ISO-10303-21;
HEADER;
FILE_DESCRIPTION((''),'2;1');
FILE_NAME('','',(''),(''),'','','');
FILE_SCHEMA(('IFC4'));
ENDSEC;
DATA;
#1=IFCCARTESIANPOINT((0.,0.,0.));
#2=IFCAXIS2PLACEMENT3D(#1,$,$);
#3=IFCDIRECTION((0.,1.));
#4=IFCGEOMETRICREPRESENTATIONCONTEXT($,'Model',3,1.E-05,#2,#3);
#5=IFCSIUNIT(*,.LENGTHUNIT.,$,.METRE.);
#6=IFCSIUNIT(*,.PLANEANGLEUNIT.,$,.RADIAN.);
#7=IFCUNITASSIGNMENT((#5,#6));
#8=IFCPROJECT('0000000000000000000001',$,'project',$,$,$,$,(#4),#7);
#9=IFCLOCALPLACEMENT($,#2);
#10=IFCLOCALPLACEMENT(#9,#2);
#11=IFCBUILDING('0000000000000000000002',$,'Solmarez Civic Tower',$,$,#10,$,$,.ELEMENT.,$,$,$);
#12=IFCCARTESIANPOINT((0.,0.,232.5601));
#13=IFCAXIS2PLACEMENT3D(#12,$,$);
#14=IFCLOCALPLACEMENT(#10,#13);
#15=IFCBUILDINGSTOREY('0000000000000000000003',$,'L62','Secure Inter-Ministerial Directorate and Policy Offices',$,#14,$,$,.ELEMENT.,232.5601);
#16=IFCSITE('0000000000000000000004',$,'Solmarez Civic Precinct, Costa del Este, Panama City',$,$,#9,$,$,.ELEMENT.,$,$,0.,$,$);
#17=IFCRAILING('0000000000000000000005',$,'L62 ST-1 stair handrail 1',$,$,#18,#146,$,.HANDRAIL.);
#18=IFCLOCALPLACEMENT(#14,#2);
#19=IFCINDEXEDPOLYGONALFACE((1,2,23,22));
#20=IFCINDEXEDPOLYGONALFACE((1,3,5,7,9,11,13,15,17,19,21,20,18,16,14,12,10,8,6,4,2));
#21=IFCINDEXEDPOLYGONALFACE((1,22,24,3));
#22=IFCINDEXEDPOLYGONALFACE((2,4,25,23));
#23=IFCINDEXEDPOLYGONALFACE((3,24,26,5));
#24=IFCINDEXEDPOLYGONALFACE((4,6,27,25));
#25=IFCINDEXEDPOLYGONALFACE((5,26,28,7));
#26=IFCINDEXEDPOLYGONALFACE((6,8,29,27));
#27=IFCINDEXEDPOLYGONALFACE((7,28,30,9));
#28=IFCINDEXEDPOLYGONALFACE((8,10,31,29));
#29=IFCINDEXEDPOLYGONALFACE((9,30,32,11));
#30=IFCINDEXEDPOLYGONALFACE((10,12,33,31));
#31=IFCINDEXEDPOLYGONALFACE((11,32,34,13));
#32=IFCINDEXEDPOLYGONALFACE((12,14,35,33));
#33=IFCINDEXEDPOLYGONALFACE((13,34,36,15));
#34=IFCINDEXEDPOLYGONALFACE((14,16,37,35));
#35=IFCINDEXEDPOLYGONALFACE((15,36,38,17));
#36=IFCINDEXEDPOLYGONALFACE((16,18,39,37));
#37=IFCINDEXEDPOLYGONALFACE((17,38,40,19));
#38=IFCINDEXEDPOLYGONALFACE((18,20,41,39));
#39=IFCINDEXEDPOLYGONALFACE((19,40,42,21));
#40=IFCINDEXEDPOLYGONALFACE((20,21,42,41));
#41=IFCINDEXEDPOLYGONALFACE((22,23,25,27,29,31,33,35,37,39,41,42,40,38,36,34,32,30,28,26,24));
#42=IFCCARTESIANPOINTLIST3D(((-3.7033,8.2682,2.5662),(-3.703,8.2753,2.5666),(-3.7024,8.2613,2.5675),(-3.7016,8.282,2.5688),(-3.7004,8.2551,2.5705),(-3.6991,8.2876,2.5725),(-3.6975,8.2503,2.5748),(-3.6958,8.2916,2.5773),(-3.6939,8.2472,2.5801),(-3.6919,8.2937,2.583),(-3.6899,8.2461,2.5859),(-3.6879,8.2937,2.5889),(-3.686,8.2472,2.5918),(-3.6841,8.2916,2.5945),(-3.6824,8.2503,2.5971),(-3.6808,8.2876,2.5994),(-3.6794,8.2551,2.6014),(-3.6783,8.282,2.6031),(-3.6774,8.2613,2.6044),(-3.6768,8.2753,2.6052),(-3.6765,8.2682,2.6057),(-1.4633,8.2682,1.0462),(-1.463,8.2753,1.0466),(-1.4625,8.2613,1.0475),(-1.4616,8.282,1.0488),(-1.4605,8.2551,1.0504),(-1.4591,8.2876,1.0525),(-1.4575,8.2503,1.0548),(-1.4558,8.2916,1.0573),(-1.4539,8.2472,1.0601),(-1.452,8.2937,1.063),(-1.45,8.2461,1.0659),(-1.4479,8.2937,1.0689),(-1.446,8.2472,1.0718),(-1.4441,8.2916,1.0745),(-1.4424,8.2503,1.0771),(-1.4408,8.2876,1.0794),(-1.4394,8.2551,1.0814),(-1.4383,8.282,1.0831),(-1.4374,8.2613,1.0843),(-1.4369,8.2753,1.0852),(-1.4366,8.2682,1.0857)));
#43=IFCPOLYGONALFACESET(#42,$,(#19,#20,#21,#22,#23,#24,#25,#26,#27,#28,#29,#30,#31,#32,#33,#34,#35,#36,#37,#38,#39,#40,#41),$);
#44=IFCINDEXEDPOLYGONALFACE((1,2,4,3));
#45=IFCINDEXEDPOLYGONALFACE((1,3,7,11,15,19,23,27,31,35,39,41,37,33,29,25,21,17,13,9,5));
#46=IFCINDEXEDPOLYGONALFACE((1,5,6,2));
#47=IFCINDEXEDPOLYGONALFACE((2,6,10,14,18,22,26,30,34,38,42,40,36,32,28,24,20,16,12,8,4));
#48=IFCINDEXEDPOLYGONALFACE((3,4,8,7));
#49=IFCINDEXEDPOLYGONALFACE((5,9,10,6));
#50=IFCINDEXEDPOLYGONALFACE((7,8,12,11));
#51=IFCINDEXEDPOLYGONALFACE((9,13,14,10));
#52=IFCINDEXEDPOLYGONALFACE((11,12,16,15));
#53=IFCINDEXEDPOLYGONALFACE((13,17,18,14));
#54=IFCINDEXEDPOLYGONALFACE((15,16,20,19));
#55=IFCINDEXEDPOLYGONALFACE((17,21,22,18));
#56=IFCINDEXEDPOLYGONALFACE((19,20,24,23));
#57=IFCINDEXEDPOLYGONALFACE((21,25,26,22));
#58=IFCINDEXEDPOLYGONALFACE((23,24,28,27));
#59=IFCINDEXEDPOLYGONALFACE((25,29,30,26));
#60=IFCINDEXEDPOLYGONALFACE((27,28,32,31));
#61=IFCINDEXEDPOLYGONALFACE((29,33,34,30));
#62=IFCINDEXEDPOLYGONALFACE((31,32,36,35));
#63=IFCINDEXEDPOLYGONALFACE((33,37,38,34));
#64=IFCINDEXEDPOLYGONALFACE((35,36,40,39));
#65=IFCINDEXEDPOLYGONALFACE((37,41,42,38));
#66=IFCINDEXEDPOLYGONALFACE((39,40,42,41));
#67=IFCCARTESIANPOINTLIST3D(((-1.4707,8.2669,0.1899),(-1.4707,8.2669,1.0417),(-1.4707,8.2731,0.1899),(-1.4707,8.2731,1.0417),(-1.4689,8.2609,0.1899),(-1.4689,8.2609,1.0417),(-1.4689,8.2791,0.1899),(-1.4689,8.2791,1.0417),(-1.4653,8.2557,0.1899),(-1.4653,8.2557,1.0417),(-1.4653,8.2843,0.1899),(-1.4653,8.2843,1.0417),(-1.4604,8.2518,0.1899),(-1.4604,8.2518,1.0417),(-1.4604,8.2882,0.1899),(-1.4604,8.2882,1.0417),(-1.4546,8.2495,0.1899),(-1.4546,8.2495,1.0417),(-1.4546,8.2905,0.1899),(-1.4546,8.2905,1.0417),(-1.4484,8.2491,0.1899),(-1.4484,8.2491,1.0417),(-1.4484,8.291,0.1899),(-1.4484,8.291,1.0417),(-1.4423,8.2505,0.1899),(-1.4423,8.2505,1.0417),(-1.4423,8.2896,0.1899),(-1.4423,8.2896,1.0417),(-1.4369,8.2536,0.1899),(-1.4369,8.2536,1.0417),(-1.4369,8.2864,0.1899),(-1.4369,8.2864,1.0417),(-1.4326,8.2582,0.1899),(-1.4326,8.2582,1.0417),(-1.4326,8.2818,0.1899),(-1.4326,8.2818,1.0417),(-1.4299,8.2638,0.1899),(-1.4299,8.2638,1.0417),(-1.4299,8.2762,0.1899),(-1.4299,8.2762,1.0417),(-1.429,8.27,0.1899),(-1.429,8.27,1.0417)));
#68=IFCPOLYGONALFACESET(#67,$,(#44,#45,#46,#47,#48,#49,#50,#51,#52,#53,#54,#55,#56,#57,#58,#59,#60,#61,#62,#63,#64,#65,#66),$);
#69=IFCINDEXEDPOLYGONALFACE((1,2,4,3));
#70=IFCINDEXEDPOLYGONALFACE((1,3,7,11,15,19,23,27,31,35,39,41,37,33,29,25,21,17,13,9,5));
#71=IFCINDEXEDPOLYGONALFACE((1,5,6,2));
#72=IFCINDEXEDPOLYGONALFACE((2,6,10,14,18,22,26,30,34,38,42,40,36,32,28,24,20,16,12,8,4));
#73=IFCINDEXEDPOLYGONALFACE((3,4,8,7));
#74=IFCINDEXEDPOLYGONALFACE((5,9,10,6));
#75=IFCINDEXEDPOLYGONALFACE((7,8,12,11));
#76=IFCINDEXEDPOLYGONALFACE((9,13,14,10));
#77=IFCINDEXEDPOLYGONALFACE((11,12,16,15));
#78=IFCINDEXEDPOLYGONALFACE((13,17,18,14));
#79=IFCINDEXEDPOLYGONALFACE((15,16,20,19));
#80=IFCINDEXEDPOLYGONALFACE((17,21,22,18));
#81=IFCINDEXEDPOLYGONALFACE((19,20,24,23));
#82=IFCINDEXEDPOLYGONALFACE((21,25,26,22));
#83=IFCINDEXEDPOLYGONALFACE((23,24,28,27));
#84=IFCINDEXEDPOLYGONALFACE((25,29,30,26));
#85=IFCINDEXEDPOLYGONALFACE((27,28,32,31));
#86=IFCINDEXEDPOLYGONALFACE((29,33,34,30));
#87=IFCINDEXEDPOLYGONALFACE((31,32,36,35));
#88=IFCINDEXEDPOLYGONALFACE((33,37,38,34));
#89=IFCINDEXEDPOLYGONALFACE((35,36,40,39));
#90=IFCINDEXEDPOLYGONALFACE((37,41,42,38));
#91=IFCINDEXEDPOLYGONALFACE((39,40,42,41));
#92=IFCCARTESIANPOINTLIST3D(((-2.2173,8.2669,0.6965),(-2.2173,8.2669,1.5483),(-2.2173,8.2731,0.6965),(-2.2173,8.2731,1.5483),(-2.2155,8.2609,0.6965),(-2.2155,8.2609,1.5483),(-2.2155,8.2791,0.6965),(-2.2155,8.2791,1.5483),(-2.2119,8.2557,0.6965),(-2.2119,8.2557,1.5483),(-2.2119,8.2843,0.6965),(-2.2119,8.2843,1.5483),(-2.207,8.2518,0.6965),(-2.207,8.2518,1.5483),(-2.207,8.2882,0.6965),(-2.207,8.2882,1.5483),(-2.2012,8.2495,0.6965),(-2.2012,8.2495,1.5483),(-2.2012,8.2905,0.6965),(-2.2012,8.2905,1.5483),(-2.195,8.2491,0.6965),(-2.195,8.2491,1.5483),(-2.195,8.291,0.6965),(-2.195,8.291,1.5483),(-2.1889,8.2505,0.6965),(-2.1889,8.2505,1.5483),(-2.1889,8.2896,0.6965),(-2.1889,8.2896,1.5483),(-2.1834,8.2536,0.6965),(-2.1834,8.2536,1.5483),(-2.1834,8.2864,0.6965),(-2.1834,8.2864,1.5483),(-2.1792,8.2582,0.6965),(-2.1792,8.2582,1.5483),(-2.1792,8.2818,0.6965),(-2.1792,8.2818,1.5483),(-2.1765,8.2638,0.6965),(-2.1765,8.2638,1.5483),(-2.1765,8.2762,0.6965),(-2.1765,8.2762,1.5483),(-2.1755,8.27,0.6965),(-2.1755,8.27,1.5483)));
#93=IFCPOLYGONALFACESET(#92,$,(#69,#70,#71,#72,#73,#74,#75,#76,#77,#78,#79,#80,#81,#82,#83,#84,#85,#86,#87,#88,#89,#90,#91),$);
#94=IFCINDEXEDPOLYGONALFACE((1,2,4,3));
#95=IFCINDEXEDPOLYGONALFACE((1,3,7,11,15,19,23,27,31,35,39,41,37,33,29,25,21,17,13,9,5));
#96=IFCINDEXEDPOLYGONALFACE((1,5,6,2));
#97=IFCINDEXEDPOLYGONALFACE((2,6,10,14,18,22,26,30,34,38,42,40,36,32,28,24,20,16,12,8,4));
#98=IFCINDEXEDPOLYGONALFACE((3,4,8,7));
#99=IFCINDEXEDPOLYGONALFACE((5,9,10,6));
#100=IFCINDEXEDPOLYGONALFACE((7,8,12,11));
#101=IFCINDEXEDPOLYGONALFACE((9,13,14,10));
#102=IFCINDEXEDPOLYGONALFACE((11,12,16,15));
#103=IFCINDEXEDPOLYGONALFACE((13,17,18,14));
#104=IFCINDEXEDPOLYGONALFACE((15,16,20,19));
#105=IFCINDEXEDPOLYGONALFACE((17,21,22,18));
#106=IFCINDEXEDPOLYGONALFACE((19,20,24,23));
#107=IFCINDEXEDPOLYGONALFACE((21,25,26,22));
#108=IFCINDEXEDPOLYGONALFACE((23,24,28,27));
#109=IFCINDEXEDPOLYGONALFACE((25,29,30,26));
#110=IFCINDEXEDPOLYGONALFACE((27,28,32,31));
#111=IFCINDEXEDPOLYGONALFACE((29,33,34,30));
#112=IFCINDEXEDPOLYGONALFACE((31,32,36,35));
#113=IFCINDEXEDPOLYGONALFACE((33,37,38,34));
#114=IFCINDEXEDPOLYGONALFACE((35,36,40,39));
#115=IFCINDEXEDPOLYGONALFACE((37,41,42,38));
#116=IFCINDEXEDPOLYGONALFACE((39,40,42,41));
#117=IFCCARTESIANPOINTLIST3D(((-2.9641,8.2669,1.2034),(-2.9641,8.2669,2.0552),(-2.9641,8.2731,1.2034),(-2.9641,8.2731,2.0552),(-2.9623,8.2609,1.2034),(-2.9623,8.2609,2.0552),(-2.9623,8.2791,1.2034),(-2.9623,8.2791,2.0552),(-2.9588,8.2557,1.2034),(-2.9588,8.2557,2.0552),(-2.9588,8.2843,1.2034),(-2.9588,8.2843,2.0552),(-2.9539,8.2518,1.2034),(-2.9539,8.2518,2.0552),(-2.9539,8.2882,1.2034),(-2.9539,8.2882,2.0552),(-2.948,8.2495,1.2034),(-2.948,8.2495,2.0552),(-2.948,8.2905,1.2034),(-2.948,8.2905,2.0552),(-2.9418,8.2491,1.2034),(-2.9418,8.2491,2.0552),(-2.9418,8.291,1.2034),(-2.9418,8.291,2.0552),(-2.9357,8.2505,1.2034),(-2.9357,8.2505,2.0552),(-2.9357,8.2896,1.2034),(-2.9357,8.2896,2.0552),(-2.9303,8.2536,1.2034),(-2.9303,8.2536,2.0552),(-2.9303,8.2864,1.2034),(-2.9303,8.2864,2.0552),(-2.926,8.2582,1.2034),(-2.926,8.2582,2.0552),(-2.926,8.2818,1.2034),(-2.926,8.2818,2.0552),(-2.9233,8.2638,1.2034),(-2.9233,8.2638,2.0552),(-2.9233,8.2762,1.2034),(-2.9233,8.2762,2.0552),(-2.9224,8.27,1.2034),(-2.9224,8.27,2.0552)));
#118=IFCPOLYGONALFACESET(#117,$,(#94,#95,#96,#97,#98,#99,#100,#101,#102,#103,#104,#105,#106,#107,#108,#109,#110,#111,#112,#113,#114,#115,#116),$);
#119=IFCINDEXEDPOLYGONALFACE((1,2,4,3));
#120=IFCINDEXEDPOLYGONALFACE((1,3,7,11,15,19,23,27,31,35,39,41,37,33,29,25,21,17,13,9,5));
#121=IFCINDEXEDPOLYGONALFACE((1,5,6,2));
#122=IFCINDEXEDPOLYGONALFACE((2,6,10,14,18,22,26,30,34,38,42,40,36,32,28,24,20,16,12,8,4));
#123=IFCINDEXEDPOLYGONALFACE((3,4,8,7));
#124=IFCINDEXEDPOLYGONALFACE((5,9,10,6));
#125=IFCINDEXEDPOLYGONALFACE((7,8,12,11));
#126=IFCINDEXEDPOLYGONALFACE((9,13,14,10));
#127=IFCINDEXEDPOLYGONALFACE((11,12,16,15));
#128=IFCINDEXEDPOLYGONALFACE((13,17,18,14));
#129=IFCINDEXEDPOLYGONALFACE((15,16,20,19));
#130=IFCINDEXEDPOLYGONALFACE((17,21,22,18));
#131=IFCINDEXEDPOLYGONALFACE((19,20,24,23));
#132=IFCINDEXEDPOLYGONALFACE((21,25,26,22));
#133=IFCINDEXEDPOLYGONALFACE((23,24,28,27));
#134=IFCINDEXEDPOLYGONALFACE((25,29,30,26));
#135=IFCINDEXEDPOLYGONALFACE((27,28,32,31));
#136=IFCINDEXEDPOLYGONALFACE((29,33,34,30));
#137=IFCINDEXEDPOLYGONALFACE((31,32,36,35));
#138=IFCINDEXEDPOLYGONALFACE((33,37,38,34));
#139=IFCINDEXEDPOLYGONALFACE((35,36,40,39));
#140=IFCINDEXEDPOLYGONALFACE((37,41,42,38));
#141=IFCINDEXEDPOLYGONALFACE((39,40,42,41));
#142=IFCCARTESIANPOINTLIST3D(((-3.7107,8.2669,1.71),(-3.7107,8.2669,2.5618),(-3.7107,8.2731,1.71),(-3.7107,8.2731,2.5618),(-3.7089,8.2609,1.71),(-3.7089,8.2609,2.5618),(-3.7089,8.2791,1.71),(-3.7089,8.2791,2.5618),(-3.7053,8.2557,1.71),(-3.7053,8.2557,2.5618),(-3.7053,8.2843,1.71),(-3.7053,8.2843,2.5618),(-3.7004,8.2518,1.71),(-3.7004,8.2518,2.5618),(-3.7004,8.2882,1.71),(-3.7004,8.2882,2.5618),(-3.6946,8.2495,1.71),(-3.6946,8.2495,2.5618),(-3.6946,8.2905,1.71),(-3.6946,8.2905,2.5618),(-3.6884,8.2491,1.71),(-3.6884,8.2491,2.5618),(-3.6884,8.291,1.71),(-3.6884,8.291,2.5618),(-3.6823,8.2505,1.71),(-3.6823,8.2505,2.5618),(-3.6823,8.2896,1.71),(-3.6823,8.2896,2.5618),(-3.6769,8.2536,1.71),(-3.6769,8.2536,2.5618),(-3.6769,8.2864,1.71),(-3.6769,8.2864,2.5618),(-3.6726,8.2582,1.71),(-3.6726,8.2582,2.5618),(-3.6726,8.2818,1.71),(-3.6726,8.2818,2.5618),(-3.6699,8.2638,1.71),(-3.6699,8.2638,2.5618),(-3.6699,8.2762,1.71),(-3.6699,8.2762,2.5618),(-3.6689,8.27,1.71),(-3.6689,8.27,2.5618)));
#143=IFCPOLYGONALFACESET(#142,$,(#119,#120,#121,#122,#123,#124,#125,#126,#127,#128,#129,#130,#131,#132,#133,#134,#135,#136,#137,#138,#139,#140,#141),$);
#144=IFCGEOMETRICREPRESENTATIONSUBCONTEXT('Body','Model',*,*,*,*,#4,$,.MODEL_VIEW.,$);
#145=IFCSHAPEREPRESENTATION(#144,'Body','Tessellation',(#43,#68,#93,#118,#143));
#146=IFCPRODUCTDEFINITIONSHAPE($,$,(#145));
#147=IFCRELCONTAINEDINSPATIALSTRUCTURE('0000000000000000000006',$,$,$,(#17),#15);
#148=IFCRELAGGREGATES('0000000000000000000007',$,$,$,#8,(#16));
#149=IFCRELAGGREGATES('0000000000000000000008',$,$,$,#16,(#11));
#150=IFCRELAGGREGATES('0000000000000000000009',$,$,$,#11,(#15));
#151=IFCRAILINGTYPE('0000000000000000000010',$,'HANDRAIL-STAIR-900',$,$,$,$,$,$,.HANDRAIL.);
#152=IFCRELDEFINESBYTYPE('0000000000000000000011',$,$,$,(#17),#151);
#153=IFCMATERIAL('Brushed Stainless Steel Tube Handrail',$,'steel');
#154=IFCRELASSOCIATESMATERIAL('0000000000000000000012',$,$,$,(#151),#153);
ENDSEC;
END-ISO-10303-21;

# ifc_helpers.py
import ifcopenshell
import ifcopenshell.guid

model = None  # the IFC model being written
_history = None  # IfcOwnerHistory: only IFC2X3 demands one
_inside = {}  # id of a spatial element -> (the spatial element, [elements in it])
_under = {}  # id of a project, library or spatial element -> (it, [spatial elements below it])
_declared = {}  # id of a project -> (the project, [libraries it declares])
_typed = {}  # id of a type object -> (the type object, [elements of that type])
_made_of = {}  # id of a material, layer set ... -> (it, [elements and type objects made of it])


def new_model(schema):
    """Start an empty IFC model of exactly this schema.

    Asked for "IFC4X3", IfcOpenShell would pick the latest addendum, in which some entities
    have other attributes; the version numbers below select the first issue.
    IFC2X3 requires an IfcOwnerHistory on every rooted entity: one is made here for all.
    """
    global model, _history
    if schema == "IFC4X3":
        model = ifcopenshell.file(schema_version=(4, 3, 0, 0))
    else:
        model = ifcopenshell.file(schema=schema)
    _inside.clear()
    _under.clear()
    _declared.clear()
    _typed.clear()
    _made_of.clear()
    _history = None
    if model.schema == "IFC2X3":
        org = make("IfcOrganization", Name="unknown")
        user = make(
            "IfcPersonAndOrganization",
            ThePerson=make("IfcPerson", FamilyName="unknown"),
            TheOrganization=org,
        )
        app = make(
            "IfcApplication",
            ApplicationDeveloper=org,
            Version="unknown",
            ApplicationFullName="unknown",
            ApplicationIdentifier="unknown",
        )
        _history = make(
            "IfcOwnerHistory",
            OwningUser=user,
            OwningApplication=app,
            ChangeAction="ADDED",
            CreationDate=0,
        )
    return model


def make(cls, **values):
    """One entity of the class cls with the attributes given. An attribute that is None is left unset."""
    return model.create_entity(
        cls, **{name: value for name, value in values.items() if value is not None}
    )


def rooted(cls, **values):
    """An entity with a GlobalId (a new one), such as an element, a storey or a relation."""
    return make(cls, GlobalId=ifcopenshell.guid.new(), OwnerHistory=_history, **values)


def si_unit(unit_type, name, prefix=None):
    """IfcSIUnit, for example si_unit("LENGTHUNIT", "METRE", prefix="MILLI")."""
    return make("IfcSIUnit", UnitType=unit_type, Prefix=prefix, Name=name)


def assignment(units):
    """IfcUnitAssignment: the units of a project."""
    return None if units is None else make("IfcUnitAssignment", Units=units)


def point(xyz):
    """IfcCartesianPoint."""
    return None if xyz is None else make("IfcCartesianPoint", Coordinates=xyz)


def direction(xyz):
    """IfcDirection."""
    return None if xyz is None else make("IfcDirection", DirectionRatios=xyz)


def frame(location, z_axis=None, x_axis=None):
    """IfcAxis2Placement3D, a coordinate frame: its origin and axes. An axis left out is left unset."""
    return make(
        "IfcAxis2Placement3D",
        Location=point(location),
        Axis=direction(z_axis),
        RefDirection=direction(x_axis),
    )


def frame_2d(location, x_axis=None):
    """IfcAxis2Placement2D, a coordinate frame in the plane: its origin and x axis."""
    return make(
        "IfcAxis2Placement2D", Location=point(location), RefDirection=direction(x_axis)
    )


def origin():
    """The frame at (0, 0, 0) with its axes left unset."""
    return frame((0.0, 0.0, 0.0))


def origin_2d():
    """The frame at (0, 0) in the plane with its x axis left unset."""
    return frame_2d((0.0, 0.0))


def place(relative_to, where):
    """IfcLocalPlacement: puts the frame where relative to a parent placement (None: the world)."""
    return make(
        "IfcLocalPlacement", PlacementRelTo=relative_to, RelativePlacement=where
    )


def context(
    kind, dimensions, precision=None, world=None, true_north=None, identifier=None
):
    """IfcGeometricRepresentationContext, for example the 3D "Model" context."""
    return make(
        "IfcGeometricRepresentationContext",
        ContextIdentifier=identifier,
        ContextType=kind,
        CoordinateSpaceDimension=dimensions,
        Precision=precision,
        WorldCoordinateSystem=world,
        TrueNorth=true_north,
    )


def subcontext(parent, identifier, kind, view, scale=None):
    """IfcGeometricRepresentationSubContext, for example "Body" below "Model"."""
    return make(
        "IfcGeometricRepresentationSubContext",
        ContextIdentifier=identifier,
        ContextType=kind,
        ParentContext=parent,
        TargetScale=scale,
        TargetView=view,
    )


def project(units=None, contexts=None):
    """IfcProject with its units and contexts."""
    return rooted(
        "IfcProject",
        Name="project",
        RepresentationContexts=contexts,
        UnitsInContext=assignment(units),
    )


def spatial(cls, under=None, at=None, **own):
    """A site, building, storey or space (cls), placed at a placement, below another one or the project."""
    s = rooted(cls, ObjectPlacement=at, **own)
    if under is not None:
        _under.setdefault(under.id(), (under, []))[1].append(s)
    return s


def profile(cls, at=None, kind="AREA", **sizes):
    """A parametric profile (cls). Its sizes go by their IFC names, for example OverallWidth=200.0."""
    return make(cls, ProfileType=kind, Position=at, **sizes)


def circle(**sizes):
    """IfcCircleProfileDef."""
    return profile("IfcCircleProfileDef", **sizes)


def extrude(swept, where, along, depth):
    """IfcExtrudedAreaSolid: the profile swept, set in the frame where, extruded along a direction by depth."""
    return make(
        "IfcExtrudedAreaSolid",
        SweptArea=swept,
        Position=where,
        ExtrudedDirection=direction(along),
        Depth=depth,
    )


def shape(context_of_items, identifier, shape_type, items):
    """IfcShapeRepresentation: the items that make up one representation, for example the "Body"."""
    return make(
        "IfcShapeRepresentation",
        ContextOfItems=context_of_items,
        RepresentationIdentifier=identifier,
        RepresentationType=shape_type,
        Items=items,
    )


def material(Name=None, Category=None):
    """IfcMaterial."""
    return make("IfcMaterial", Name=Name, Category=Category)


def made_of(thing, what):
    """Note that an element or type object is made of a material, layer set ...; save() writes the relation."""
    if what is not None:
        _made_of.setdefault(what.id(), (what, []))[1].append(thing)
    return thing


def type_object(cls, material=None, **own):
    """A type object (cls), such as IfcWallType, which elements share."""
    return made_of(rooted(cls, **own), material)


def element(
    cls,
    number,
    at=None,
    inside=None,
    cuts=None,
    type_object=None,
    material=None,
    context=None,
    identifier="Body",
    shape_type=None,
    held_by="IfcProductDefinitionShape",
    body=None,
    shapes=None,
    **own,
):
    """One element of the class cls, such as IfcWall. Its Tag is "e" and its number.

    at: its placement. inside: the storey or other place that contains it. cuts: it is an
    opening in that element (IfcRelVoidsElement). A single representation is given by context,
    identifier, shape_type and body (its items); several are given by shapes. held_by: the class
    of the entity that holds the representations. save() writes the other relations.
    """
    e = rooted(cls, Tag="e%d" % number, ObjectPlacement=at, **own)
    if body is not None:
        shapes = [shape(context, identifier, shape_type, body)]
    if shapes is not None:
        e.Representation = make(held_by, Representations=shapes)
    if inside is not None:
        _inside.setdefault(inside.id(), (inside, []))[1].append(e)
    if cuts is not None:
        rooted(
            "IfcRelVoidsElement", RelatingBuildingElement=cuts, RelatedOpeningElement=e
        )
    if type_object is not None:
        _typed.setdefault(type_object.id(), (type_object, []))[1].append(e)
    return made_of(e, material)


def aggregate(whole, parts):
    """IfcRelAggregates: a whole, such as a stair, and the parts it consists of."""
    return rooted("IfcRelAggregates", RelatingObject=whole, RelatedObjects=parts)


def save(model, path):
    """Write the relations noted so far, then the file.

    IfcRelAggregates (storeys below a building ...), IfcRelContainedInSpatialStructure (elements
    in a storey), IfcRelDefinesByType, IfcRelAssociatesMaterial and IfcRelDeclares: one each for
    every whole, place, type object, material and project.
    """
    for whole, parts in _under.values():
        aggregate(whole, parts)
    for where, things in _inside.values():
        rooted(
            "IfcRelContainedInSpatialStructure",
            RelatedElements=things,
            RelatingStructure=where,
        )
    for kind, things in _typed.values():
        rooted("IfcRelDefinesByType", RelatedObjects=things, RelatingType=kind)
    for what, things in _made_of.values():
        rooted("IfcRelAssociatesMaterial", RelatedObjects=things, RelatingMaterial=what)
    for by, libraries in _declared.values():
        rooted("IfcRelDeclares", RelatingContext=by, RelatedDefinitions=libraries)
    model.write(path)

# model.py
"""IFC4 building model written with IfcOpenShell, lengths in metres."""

from ifc_helpers import new_model, si_unit, direction, frame, origin, origin_2d, place, context, subcontext, project, spatial, circle, extrude, material, type_object, element, save


model = new_model("IFC4")

# Units and contexts
model_context = context("Model", 3, precision=1e-05, world=origin(), true_north=direction((0.0, 1.0)))
body_context = subcontext(model_context, "Body", "Model", "MODEL_VIEW")
ifc_project = project(units=[si_unit("LENGTHUNIT", "METRE"), si_unit("PLANEANGLEUNIT", "RADIAN")], contexts=[model_context])

# Site, building, storey
site_placement = place(None, origin())
site = spatial("IfcSite", under=ifc_project, at=site_placement, Name="Solmarez Civic Precinct, Costa del Este, Panama City", CompositionType="ELEMENT", RefElevation=0.0)
building_placement = place(site_placement, origin())
building = spatial("IfcBuilding", under=site, at=building_placement, Name="Solmarez Civic Tower", CompositionType="ELEMENT")
storey_placement = place(building_placement, frame((0.0, 0.0, 232.5601)))
storey = spatial("IfcBuildingStorey", under=building, at=storey_placement, Name="L62", Description="Secure Inter-Ministerial Directorate and Policy Offices", CompositionType="ELEMENT", Elevation=232.5601)

# Railing
ifc_material_1 = material(Name="Brushed Stainless Steel Tube Handrail", Category="steel")
railing_type_1 = type_object("IfcRailingType", Name="HANDRAIL-STAIR-900", PredefinedType="HANDRAIL", material=ifc_material_1)
railing_1_placement = place(storey_placement, frame((-1.45, 8.27, 0.1899)))
element("IfcRailing", 1, at=railing_1_placement, inside=storey, type_object=railing_type_1, Name="L62 ST-1 stair handrail 1", PredefinedType="HANDRAIL", context=body_context, shape_type="SweptSolid", body=[
    extrude(circle(Radius=0.0239, at=origin_2d()), frame((0.0, 0.0, 0.876), z_axis=(-0.827471, 0.0, 0.561508), x_axis=(0.0, -1.0, 0.0)), (0.0, 0.0, 1.0), 2.707),
    extrude(circle(Radius=0.021, at=origin_2d()), origin(), (0.0, 0.0, 1.0), 0.8518),
    extrude(circle(Radius=0.021, at=origin_2d()), frame((-0.7466, 0.0, 0.5066)), (0.0, 0.0, 1.0), 0.8518),
    extrude(circle(Radius=0.021, at=origin_2d()), frame((-1.4934, 0.0, 1.0134)), (0.0, 0.0, 1.0), 0.8518),
    extrude(circle(Radius=0.021, at=origin_2d()), frame((-2.24, 0.0, 1.52)), (0.0, 0.0, 1.0), 0.8518),
])

save(model, "model.ifc")
